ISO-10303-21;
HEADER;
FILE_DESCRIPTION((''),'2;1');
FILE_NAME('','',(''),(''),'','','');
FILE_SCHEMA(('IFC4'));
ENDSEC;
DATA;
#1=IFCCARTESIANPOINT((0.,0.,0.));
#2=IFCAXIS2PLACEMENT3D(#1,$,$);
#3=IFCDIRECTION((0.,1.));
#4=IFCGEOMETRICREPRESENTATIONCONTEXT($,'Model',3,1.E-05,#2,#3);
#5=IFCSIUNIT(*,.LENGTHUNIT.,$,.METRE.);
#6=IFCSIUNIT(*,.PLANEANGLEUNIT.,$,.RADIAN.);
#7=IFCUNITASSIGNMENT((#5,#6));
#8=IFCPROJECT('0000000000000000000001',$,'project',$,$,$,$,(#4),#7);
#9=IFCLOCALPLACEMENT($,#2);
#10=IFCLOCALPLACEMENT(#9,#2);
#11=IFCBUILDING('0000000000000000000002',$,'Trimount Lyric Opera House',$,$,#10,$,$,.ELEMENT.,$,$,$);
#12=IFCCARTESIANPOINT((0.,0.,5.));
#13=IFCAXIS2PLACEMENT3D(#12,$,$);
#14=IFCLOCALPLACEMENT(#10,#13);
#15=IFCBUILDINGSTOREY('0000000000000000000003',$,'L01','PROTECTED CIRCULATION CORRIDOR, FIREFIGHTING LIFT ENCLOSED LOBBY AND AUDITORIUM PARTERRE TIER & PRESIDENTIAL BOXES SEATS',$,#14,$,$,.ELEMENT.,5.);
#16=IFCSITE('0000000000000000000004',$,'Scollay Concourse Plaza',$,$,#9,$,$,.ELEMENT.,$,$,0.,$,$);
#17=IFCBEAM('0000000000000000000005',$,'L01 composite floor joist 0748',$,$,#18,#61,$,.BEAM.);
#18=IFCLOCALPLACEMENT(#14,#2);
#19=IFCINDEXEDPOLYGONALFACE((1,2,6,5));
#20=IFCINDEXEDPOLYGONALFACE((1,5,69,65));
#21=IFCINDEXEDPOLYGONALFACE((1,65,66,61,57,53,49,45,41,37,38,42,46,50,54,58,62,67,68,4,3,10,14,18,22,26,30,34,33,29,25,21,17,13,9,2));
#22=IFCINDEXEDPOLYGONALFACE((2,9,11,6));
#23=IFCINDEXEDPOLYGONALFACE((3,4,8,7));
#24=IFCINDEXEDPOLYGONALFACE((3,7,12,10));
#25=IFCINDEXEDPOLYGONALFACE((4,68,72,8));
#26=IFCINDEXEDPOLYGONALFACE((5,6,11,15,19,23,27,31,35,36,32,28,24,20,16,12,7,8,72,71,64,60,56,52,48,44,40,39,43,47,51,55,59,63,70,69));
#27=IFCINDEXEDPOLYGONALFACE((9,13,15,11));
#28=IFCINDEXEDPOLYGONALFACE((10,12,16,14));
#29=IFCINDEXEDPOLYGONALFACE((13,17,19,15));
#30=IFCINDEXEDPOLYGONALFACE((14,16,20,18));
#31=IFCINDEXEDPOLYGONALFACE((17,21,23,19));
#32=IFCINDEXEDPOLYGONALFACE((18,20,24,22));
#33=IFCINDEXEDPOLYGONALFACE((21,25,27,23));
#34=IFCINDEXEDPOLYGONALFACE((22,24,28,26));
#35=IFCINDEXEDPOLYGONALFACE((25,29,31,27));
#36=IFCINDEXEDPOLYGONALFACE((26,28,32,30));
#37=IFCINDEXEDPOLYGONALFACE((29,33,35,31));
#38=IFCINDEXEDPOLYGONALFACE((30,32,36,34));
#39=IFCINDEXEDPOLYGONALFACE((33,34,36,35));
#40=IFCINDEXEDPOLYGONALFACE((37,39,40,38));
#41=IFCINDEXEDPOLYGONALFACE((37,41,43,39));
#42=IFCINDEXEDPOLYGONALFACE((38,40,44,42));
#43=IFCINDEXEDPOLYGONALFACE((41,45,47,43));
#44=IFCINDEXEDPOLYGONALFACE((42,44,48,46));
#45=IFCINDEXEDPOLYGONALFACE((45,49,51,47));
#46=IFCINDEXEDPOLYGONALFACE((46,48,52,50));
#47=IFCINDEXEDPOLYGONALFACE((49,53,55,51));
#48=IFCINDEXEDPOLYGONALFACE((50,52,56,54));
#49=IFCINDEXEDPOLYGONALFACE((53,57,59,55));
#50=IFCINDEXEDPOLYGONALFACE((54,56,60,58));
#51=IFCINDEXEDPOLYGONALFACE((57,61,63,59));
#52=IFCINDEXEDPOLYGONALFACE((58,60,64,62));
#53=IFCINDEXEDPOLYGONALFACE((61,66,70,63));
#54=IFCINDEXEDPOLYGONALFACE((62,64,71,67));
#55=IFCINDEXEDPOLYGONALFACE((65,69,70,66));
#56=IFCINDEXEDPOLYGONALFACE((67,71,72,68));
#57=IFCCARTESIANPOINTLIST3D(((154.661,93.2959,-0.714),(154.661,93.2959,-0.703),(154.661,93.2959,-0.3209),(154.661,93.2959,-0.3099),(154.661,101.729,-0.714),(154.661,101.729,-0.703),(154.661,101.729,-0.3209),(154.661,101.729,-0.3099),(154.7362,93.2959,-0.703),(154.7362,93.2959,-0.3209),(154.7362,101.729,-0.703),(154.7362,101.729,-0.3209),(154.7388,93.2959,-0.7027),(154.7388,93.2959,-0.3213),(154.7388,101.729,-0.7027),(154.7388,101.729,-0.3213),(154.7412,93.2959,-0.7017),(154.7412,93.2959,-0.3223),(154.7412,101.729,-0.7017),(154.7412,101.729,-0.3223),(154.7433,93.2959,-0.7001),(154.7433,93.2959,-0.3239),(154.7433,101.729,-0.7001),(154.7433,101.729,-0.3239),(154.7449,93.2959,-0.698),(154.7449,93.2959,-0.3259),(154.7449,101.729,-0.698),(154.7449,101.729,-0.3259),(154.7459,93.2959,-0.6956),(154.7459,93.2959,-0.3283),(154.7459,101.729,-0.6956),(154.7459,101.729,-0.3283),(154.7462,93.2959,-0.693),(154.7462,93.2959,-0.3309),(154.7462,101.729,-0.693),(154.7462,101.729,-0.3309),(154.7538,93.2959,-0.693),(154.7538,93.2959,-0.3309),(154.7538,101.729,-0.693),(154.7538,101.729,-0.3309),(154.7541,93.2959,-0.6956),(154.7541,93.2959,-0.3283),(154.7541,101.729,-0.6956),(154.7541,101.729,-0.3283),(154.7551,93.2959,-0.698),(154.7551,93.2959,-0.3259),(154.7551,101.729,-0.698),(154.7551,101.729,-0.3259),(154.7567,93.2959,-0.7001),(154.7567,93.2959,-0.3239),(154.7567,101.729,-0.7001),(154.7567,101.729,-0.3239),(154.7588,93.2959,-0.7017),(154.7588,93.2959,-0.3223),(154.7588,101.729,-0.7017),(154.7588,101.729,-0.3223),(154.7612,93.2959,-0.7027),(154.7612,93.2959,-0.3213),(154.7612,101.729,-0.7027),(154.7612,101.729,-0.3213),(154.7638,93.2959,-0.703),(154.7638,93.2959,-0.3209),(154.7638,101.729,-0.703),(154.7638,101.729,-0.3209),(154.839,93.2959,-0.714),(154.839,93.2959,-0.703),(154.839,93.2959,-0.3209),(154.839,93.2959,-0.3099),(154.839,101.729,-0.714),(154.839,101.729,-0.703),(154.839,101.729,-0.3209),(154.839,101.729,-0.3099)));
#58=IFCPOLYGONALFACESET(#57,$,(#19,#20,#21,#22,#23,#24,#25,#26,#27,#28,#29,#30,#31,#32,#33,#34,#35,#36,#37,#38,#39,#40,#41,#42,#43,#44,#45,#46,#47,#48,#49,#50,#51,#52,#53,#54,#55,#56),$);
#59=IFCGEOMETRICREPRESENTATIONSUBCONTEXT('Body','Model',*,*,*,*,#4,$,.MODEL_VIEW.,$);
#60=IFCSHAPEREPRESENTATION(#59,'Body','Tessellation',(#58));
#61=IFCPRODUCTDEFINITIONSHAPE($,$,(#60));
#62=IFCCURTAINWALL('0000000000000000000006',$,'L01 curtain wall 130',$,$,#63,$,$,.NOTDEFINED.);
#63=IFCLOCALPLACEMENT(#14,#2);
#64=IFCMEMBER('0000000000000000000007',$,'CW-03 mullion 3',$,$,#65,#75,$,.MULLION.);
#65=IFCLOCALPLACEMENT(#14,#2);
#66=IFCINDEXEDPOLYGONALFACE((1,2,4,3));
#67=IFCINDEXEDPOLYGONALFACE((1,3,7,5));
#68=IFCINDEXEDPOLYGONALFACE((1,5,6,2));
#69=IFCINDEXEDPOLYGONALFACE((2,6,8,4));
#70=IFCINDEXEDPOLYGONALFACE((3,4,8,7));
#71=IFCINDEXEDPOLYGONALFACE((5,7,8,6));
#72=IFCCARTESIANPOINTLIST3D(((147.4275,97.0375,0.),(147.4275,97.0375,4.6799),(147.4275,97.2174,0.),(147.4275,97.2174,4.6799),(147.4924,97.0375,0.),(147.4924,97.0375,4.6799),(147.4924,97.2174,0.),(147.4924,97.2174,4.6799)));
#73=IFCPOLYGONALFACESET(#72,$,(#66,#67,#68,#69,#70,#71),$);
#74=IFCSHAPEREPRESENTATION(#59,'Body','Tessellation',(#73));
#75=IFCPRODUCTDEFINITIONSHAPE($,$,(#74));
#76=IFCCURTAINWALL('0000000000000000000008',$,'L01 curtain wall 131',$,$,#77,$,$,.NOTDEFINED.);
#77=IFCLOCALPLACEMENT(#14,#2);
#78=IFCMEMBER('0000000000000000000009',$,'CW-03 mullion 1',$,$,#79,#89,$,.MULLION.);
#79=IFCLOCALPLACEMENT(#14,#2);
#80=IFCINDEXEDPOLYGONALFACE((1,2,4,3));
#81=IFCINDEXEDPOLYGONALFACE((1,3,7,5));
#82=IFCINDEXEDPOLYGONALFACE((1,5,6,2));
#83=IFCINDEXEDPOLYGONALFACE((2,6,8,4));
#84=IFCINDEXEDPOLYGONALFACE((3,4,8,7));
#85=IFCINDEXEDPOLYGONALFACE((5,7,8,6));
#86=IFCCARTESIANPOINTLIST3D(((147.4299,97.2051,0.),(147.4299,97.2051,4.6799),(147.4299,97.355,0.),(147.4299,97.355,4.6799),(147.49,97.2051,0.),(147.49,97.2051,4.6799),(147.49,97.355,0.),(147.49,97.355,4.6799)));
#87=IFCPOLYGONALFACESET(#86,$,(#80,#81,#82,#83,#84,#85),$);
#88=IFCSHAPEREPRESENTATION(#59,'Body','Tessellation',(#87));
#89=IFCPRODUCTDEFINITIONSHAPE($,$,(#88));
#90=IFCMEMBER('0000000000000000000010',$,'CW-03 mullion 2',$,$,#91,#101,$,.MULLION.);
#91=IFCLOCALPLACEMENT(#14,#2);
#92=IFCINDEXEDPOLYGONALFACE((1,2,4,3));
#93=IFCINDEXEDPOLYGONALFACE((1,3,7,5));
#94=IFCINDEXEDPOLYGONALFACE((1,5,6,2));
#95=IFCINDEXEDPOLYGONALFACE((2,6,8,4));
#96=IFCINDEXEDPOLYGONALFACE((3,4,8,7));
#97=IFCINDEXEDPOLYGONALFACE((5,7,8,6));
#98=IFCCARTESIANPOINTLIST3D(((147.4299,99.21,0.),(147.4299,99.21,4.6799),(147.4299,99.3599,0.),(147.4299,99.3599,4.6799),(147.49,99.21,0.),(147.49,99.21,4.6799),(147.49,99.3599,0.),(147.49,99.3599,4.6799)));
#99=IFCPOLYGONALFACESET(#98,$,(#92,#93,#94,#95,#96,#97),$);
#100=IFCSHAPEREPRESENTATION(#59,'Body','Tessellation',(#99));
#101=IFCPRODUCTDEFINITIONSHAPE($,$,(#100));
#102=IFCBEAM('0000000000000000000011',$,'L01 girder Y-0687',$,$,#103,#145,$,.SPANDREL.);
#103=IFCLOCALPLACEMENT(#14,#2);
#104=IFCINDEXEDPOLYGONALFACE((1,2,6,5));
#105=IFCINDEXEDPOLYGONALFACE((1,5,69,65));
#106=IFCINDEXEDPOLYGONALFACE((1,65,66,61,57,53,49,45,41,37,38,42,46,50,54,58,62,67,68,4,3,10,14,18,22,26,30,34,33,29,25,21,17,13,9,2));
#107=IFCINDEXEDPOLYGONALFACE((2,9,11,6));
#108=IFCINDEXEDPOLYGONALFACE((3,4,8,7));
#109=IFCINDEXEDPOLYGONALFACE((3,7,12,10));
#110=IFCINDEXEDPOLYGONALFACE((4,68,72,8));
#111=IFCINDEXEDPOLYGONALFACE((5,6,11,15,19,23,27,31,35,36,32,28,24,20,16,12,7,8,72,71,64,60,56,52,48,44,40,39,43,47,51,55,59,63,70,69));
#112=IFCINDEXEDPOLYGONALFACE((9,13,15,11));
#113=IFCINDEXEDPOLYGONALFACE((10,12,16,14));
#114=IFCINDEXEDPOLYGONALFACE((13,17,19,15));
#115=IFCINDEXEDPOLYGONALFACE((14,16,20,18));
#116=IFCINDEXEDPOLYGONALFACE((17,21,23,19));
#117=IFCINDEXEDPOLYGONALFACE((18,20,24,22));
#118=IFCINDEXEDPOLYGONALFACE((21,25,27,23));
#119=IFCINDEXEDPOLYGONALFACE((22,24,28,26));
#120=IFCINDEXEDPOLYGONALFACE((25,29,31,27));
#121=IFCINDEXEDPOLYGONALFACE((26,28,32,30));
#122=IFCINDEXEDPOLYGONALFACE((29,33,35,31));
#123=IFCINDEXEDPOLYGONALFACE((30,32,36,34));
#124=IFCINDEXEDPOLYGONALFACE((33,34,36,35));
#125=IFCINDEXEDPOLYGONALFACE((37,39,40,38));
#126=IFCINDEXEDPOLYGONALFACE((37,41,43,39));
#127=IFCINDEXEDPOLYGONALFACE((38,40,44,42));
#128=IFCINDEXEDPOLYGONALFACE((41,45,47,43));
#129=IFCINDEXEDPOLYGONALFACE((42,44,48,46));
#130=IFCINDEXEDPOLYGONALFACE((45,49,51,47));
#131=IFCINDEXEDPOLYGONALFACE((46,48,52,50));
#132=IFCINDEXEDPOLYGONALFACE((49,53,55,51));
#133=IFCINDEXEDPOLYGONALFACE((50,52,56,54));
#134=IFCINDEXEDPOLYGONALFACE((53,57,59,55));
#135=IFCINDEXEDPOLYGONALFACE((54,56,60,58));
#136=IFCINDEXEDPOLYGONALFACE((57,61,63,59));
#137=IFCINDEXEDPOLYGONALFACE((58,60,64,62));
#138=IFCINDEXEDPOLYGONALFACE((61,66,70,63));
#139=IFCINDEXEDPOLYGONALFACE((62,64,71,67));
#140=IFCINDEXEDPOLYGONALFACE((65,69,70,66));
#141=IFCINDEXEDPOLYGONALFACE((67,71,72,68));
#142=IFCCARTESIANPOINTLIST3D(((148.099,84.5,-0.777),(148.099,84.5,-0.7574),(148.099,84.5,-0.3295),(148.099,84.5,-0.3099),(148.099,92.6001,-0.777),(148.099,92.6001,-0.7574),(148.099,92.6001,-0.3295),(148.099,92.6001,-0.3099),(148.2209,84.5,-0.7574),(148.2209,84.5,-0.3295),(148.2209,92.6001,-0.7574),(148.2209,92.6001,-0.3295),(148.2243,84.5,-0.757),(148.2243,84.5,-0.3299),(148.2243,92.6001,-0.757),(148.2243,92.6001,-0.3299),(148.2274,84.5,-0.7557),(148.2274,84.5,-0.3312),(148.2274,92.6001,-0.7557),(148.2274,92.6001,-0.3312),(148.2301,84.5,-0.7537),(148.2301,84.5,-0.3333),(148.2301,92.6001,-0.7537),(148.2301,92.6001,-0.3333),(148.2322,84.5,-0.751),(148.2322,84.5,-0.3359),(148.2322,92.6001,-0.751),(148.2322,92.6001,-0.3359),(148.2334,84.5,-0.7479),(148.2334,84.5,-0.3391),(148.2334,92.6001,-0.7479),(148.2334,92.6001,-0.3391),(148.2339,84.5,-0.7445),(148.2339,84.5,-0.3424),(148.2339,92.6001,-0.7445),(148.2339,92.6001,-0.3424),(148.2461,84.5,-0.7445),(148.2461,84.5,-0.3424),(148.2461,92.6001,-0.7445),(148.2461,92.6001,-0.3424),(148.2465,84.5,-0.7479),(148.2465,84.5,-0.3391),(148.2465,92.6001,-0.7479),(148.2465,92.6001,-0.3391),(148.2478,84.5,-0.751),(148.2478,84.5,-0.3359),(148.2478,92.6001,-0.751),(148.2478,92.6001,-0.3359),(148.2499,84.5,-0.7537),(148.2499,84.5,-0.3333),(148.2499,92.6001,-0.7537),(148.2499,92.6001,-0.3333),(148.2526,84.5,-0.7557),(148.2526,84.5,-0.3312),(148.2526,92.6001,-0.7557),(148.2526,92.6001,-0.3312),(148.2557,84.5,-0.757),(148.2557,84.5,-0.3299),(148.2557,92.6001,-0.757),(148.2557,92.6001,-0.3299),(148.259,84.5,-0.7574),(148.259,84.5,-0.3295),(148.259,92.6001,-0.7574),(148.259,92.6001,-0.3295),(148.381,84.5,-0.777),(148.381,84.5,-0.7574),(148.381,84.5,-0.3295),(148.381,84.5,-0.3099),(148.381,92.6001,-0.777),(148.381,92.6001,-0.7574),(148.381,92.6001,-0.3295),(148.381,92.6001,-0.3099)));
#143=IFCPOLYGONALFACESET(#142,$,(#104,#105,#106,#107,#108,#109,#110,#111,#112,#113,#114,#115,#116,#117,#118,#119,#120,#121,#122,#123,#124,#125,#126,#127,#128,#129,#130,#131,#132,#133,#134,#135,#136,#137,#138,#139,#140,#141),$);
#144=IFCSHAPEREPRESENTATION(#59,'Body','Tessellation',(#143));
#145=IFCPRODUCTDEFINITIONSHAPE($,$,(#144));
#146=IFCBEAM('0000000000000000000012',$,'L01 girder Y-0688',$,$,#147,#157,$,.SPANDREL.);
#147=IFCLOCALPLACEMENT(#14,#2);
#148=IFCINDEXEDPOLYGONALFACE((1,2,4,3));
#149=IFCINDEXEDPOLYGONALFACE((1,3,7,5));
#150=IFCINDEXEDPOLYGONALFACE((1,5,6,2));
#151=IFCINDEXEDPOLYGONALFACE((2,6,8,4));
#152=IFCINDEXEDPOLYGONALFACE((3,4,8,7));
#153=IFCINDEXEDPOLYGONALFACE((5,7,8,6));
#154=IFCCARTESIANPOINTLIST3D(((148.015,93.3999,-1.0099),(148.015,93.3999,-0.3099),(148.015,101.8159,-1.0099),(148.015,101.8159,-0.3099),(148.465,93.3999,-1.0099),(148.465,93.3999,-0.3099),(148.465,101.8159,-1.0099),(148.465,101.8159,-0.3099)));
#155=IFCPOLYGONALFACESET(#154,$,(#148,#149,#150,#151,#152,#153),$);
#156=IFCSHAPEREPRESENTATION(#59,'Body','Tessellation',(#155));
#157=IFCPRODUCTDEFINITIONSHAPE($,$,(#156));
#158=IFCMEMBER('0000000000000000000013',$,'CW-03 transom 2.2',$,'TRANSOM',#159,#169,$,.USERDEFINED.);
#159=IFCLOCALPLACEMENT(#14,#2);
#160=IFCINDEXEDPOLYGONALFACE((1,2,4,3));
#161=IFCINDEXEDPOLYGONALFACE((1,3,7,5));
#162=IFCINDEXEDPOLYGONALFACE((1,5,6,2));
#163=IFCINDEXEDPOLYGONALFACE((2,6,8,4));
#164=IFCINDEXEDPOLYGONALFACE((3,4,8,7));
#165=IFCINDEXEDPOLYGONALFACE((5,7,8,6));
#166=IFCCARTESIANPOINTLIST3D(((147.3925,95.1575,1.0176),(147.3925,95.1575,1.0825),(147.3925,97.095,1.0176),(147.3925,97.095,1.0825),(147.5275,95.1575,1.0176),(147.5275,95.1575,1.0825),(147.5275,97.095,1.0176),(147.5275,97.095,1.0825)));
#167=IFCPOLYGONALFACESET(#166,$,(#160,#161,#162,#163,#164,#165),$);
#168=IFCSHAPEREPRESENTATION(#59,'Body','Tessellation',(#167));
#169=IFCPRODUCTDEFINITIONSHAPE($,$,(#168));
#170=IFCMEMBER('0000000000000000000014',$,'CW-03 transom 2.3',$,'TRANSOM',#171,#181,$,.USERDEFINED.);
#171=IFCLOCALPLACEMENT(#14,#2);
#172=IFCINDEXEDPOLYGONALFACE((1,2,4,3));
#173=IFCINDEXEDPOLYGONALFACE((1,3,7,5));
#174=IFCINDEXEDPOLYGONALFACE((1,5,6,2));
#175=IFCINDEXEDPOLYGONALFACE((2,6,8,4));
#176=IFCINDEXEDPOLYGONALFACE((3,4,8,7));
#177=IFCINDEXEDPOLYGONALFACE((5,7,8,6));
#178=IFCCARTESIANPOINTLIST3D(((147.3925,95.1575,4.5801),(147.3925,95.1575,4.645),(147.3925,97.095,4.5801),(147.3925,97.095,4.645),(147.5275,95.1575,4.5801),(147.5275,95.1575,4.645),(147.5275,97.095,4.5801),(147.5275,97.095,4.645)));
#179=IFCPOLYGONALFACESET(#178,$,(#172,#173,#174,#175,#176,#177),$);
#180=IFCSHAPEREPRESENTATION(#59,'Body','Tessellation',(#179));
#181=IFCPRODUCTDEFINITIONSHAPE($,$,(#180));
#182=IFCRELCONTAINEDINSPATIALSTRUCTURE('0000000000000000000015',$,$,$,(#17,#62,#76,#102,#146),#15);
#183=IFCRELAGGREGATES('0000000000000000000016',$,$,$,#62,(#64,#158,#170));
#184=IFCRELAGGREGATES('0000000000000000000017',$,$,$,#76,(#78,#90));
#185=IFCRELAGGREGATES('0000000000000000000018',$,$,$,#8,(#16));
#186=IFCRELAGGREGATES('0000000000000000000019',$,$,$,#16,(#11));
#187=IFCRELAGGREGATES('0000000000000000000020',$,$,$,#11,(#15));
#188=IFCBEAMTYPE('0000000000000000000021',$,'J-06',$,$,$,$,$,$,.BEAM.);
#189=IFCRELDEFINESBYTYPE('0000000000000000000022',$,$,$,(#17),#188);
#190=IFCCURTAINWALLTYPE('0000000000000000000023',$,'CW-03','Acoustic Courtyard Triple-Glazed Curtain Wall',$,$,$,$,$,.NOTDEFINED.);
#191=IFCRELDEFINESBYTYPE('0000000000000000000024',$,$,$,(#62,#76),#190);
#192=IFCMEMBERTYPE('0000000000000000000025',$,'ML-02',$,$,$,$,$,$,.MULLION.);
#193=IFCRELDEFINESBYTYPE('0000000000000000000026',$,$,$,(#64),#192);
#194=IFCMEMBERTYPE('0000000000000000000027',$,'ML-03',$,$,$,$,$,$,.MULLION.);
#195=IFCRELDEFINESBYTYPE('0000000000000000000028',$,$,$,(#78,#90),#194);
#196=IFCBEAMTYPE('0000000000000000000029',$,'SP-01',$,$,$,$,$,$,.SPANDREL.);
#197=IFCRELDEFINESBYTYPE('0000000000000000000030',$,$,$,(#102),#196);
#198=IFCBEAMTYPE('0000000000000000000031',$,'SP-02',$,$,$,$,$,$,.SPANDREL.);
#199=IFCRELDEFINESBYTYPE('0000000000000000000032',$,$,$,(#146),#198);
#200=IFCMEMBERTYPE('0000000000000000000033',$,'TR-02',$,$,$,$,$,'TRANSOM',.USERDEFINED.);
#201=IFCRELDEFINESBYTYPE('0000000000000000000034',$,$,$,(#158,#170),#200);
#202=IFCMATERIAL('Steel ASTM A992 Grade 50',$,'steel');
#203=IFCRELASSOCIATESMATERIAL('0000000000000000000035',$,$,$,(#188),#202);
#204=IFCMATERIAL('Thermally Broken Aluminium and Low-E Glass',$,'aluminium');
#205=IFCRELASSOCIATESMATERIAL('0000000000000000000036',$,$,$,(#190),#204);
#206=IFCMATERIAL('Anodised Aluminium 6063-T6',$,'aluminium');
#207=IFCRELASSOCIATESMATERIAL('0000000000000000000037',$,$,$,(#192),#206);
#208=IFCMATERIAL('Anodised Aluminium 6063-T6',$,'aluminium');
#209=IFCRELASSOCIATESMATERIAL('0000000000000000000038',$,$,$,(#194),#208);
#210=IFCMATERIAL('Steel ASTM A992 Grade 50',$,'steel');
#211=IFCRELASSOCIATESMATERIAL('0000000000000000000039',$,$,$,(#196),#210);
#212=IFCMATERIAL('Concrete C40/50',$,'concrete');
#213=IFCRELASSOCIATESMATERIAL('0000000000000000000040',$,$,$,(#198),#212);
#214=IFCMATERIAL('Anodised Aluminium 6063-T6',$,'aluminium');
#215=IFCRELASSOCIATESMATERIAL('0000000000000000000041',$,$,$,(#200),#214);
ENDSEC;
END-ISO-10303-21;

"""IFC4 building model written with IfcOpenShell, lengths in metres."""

from ifc_helpers import new_model, si_unit, direction, frame, origin, origin_2d, place, context, subcontext, project, spatial, rectangle, i_section, extrude, material, material_profile, profile_set, type_object, element, aggregate, save


model = new_model("IFC4")

# Units and contexts
model_context = context("Model", 3, precision=1e-05, world=origin(), true_north=direction((0.0, 1.0)))
body_context = subcontext(model_context, "Body", "Model", "MODEL_VIEW")
ifc_project = project(units=[si_unit("LENGTHUNIT", "METRE"), si_unit("PLANEANGLEUNIT", "RADIAN")], contexts=[model_context])

# Site, building, storey
site_placement = place(None, origin())
site = spatial("IfcSite", under=ifc_project, at=site_placement, Name="Scollay Concourse Plaza", CompositionType="ELEMENT", RefElevation=0.0)
building_placement = place(site_placement, origin())
building = spatial("IfcBuilding", under=site, at=building_placement, Name="Trimount Lyric Opera House", CompositionType="ELEMENT")
storey_placement = place(building_placement, frame((0.0, 0.0, 5.0)))
storey = spatial("IfcBuildingStorey", under=building, at=storey_placement, Name="L01", Description="PROTECTED CIRCULATION CORRIDOR, FIREFIGHTING LIFT ENCLOSED LOBBY AND AUDITORIUM PARTERRE TIER & PRESIDENTIAL BOXES SEATS", CompositionType="ELEMENT", Elevation=5.0)

# Beam
ifc_material_1 = material(Name="Steel ASTM A992 Grade 50", Category="steel")
ifc_material_profile_1 = material_profile(ifc_material_1, i_section(OverallWidth=0.178, OverallDepth=0.4041, WebThickness=0.0076, FlangeThickness=0.011, FilletRadius=0.01, at=origin_2d()), Name="W16X36")
ifc_profile_set_1 = profile_set([ifc_material_profile_1], Name="Steel ASTM A992 Grade 50")
beam_type_1 = type_object("IfcBeamType", Name="J-06", PredefinedType="BEAM", material=ifc_profile_set_1)
beam_1_placement = place(storey_placement, frame((154.75, 93.2959, -0.512), z_axis=(0.0, 1.0, 0.0), x_axis=(-1.0, 0.0, 0.0)))
element("IfcBeam", 1, at=beam_1_placement, inside=storey, type_object=beam_type_1, Name="L01 composite floor joist 0748", PredefinedType="BEAM", context=body_context, shape_type="SweptSolid", body=[
    extrude(i_section(OverallWidth=0.178, OverallDepth=0.4041, WebThickness=0.0076, FlangeThickness=0.011, FilletRadius=0.01, at=origin_2d()), origin(), (0.0, 0.0, 1.0), 8.4331),
])

# Curtain wall, member
ifc_material_2 = material(Name="Thermally Broken Aluminium and Low-E Glass", Category="aluminium")
curtain_wall_type = type_object("IfcCurtainWallType", Name="CW-03", Description="Acoustic Courtyard Triple-Glazed Curtain Wall", PredefinedType="NOTDEFINED", material=ifc_material_2)
curtain_wall_1_placement = place(storey_placement, origin())
curtain_wall_1 = element("IfcCurtainWall", 2, at=curtain_wall_1_placement, inside=storey, type_object=curtain_wall_type, Name="L01 curtain wall 130", PredefinedType="NOTDEFINED")
ifc_material_3 = material(Name="Anodised Aluminium 6063-T6", Category="aluminium")
ifc_material_profile_2 = material_profile(ifc_material_3, rectangle(XDim=0.0649, YDim=0.1799, at=origin_2d()), Name="ALU-MULL-65X180")
ifc_profile_set_2 = profile_set([ifc_material_profile_2], Name="Anodised Aluminium 6063-T6")
member_type_1 = type_object("IfcMemberType", Name="ML-02", PredefinedType="MULLION", material=ifc_profile_set_2)
member_1_placement = place(storey_placement, frame((147.46, 97.1274, 0.0), z_axis=(0.0, 0.0, 1.0), x_axis=(-1.0, 0.0, 0.0)))
member_1 = element("IfcMember", 3, at=member_1_placement, type_object=member_type_1, Name="CW-03 mullion 3", PredefinedType="MULLION", context=body_context, shape_type="SweptSolid", body=[
    extrude(rectangle(XDim=0.0649, YDim=0.1799, at=origin_2d()), origin(), (0.0, 0.0, 1.0), 4.6799),
])

# Curtain wall, members
curtain_wall_2_placement = place(storey_placement, origin())
curtain_wall_2 = element("IfcCurtainWall", 4, at=curtain_wall_2_placement, inside=storey, type_object=curtain_wall_type, Name="L01 curtain wall 131", PredefinedType="NOTDEFINED")
ifc_material_4 = material(Name="Anodised Aluminium 6063-T6", Category="aluminium")
ifc_material_profile_3 = material_profile(ifc_material_4, rectangle(XDim=0.0601, YDim=0.1499, at=origin_2d()), Name="ALU-MULL-60X150")
ifc_profile_set_3 = profile_set([ifc_material_profile_3], Name="Anodised Aluminium 6063-T6")
member_type_2 = type_object("IfcMemberType", Name="ML-03", PredefinedType="MULLION", material=ifc_profile_set_3)
member_2_placement = place(storey_placement, frame((147.46, 97.28, 0.0), z_axis=(0.0, 0.0, 1.0), x_axis=(-1.0, 0.0, 0.0)))
member_2 = element("IfcMember", 5, at=member_2_placement, type_object=member_type_2, Name="CW-03 mullion 1", PredefinedType="MULLION", context=body_context, shape_type="SweptSolid", body=[
    extrude(rectangle(XDim=0.0601, YDim=0.1499, at=origin_2d()), origin(), (0.0, 0.0, 1.0), 4.6799),
])
member_3_placement = place(storey_placement, frame((147.46, 99.2849, 0.0), z_axis=(0.0, 0.0, 1.0), x_axis=(-1.0, 0.0, 0.0)))
member_3 = element("IfcMember", 6, at=member_3_placement, type_object=member_type_2, Name="CW-03 mullion 2", PredefinedType="MULLION", context=body_context, shape_type="SweptSolid", body=[
    extrude(rectangle(XDim=0.0601, YDim=0.1499, at=origin_2d()), origin(), (0.0, 0.0, 1.0), 4.6799),
])

# Beams
ifc_material_5 = material(Name="Steel ASTM A992 Grade 50", Category="steel")
ifc_material_profile_4 = material_profile(ifc_material_5, i_section(OverallWidth=0.282, OverallDepth=0.467, WebThickness=0.0122, FlangeThickness=0.0195, FilletRadius=0.0129, at=origin_2d()), Name="W18X86")
ifc_profile_set_4 = profile_set([ifc_material_profile_4], Name="Steel ASTM A992 Grade 50")
beam_type_2 = type_object("IfcBeamType", Name="SP-01", PredefinedType="SPANDREL", material=ifc_profile_set_4)
beam_2_placement = place(storey_placement, frame((148.24, 84.5, -0.5435), z_axis=(0.0, 1.0, 0.0), x_axis=(-1.0, 0.0, 0.0)))
element("IfcBeam", 7, at=beam_2_placement, inside=storey, type_object=beam_type_2, Name="L01 girder Y-0687", PredefinedType="SPANDREL", context=body_context, shape_type="SweptSolid", body=[
    extrude(i_section(OverallWidth=0.282, OverallDepth=0.467, WebThickness=0.0122, FlangeThickness=0.0195, FilletRadius=0.0129, at=origin_2d()), origin(), (0.0, 0.0, 1.0), 8.1001),
])
ifc_material_6 = material(Name="Concrete C40/50", Category="concrete")
ifc_material_profile_5 = material_profile(ifc_material_6, rectangle(XDim=0.45, YDim=0.7, at=origin_2d()), Name="RC450X700")
ifc_profile_set_5 = profile_set([ifc_material_profile_5], Name="Concrete C40/50")
beam_type_3 = type_object("IfcBeamType", Name="SP-02", PredefinedType="SPANDREL", material=ifc_profile_set_5)
beam_3_placement = place(storey_placement, frame((148.24, 93.3999, -0.6599), z_axis=(0.0, 1.0, 0.0), x_axis=(-1.0, 0.0, 0.0)))
element("IfcBeam", 8, at=beam_3_placement, inside=storey, type_object=beam_type_3, Name="L01 girder Y-0688", PredefinedType="SPANDREL", context=body_context, shape_type="SweptSolid", body=[
    extrude(rectangle(XDim=0.45, YDim=0.7, at=origin_2d()), origin(), (0.0, 0.0, 1.0), 8.416),
])

# Members
ifc_material_7 = material(Name="Anodised Aluminium 6063-T6", Category="aluminium")
ifc_material_profile_6 = material_profile(ifc_material_7, rectangle(XDim=0.135, YDim=0.0649, at=origin_2d()), Name="ALU-TRAN-65X135")
ifc_profile_set_6 = profile_set([ifc_material_profile_6], Name="Anodised Aluminium 6063-T6")
member_type_3 = type_object("IfcMemberType", Name="TR-02", ElementType="TRANSOM", PredefinedType="USERDEFINED", material=ifc_profile_set_6)
member_4_placement = place(storey_placement, frame((147.46, 95.1575, 1.05), z_axis=(0.0, 1.0, 0.0), x_axis=(-1.0, 0.0, 0.0)))
member_4 = element("IfcMember", 9, at=member_4_placement, type_object=member_type_3, Name="CW-03 transom 2.2", ObjectType="TRANSOM", PredefinedType="USERDEFINED", context=body_context, shape_type="SweptSolid", body=[
    extrude(rectangle(XDim=0.135, YDim=0.0649, at=origin_2d()), origin(), (0.0, 0.0, 1.0), 1.9375),
])
member_5_placement = place(storey_placement, frame((147.46, 95.1575, 4.6125), z_axis=(0.0, 1.0, 0.0), x_axis=(-1.0, 0.0, 0.0)))
member_5 = element("IfcMember", 10, at=member_5_placement, type_object=member_type_3, Name="CW-03 transom 2.3", ObjectType="TRANSOM", PredefinedType="USERDEFINED", context=body_context, shape_type="SweptSolid", body=[
    extrude(rectangle(XDim=0.135, YDim=0.0649, at=origin_2d()), origin(), (0.0, 0.0, 1.0), 1.9375),
])

aggregate(curtain_wall_1, [member_1, member_4, member_5])
aggregate(curtain_wall_2, [member_2, member_3])

save(model, "model.ifc")
